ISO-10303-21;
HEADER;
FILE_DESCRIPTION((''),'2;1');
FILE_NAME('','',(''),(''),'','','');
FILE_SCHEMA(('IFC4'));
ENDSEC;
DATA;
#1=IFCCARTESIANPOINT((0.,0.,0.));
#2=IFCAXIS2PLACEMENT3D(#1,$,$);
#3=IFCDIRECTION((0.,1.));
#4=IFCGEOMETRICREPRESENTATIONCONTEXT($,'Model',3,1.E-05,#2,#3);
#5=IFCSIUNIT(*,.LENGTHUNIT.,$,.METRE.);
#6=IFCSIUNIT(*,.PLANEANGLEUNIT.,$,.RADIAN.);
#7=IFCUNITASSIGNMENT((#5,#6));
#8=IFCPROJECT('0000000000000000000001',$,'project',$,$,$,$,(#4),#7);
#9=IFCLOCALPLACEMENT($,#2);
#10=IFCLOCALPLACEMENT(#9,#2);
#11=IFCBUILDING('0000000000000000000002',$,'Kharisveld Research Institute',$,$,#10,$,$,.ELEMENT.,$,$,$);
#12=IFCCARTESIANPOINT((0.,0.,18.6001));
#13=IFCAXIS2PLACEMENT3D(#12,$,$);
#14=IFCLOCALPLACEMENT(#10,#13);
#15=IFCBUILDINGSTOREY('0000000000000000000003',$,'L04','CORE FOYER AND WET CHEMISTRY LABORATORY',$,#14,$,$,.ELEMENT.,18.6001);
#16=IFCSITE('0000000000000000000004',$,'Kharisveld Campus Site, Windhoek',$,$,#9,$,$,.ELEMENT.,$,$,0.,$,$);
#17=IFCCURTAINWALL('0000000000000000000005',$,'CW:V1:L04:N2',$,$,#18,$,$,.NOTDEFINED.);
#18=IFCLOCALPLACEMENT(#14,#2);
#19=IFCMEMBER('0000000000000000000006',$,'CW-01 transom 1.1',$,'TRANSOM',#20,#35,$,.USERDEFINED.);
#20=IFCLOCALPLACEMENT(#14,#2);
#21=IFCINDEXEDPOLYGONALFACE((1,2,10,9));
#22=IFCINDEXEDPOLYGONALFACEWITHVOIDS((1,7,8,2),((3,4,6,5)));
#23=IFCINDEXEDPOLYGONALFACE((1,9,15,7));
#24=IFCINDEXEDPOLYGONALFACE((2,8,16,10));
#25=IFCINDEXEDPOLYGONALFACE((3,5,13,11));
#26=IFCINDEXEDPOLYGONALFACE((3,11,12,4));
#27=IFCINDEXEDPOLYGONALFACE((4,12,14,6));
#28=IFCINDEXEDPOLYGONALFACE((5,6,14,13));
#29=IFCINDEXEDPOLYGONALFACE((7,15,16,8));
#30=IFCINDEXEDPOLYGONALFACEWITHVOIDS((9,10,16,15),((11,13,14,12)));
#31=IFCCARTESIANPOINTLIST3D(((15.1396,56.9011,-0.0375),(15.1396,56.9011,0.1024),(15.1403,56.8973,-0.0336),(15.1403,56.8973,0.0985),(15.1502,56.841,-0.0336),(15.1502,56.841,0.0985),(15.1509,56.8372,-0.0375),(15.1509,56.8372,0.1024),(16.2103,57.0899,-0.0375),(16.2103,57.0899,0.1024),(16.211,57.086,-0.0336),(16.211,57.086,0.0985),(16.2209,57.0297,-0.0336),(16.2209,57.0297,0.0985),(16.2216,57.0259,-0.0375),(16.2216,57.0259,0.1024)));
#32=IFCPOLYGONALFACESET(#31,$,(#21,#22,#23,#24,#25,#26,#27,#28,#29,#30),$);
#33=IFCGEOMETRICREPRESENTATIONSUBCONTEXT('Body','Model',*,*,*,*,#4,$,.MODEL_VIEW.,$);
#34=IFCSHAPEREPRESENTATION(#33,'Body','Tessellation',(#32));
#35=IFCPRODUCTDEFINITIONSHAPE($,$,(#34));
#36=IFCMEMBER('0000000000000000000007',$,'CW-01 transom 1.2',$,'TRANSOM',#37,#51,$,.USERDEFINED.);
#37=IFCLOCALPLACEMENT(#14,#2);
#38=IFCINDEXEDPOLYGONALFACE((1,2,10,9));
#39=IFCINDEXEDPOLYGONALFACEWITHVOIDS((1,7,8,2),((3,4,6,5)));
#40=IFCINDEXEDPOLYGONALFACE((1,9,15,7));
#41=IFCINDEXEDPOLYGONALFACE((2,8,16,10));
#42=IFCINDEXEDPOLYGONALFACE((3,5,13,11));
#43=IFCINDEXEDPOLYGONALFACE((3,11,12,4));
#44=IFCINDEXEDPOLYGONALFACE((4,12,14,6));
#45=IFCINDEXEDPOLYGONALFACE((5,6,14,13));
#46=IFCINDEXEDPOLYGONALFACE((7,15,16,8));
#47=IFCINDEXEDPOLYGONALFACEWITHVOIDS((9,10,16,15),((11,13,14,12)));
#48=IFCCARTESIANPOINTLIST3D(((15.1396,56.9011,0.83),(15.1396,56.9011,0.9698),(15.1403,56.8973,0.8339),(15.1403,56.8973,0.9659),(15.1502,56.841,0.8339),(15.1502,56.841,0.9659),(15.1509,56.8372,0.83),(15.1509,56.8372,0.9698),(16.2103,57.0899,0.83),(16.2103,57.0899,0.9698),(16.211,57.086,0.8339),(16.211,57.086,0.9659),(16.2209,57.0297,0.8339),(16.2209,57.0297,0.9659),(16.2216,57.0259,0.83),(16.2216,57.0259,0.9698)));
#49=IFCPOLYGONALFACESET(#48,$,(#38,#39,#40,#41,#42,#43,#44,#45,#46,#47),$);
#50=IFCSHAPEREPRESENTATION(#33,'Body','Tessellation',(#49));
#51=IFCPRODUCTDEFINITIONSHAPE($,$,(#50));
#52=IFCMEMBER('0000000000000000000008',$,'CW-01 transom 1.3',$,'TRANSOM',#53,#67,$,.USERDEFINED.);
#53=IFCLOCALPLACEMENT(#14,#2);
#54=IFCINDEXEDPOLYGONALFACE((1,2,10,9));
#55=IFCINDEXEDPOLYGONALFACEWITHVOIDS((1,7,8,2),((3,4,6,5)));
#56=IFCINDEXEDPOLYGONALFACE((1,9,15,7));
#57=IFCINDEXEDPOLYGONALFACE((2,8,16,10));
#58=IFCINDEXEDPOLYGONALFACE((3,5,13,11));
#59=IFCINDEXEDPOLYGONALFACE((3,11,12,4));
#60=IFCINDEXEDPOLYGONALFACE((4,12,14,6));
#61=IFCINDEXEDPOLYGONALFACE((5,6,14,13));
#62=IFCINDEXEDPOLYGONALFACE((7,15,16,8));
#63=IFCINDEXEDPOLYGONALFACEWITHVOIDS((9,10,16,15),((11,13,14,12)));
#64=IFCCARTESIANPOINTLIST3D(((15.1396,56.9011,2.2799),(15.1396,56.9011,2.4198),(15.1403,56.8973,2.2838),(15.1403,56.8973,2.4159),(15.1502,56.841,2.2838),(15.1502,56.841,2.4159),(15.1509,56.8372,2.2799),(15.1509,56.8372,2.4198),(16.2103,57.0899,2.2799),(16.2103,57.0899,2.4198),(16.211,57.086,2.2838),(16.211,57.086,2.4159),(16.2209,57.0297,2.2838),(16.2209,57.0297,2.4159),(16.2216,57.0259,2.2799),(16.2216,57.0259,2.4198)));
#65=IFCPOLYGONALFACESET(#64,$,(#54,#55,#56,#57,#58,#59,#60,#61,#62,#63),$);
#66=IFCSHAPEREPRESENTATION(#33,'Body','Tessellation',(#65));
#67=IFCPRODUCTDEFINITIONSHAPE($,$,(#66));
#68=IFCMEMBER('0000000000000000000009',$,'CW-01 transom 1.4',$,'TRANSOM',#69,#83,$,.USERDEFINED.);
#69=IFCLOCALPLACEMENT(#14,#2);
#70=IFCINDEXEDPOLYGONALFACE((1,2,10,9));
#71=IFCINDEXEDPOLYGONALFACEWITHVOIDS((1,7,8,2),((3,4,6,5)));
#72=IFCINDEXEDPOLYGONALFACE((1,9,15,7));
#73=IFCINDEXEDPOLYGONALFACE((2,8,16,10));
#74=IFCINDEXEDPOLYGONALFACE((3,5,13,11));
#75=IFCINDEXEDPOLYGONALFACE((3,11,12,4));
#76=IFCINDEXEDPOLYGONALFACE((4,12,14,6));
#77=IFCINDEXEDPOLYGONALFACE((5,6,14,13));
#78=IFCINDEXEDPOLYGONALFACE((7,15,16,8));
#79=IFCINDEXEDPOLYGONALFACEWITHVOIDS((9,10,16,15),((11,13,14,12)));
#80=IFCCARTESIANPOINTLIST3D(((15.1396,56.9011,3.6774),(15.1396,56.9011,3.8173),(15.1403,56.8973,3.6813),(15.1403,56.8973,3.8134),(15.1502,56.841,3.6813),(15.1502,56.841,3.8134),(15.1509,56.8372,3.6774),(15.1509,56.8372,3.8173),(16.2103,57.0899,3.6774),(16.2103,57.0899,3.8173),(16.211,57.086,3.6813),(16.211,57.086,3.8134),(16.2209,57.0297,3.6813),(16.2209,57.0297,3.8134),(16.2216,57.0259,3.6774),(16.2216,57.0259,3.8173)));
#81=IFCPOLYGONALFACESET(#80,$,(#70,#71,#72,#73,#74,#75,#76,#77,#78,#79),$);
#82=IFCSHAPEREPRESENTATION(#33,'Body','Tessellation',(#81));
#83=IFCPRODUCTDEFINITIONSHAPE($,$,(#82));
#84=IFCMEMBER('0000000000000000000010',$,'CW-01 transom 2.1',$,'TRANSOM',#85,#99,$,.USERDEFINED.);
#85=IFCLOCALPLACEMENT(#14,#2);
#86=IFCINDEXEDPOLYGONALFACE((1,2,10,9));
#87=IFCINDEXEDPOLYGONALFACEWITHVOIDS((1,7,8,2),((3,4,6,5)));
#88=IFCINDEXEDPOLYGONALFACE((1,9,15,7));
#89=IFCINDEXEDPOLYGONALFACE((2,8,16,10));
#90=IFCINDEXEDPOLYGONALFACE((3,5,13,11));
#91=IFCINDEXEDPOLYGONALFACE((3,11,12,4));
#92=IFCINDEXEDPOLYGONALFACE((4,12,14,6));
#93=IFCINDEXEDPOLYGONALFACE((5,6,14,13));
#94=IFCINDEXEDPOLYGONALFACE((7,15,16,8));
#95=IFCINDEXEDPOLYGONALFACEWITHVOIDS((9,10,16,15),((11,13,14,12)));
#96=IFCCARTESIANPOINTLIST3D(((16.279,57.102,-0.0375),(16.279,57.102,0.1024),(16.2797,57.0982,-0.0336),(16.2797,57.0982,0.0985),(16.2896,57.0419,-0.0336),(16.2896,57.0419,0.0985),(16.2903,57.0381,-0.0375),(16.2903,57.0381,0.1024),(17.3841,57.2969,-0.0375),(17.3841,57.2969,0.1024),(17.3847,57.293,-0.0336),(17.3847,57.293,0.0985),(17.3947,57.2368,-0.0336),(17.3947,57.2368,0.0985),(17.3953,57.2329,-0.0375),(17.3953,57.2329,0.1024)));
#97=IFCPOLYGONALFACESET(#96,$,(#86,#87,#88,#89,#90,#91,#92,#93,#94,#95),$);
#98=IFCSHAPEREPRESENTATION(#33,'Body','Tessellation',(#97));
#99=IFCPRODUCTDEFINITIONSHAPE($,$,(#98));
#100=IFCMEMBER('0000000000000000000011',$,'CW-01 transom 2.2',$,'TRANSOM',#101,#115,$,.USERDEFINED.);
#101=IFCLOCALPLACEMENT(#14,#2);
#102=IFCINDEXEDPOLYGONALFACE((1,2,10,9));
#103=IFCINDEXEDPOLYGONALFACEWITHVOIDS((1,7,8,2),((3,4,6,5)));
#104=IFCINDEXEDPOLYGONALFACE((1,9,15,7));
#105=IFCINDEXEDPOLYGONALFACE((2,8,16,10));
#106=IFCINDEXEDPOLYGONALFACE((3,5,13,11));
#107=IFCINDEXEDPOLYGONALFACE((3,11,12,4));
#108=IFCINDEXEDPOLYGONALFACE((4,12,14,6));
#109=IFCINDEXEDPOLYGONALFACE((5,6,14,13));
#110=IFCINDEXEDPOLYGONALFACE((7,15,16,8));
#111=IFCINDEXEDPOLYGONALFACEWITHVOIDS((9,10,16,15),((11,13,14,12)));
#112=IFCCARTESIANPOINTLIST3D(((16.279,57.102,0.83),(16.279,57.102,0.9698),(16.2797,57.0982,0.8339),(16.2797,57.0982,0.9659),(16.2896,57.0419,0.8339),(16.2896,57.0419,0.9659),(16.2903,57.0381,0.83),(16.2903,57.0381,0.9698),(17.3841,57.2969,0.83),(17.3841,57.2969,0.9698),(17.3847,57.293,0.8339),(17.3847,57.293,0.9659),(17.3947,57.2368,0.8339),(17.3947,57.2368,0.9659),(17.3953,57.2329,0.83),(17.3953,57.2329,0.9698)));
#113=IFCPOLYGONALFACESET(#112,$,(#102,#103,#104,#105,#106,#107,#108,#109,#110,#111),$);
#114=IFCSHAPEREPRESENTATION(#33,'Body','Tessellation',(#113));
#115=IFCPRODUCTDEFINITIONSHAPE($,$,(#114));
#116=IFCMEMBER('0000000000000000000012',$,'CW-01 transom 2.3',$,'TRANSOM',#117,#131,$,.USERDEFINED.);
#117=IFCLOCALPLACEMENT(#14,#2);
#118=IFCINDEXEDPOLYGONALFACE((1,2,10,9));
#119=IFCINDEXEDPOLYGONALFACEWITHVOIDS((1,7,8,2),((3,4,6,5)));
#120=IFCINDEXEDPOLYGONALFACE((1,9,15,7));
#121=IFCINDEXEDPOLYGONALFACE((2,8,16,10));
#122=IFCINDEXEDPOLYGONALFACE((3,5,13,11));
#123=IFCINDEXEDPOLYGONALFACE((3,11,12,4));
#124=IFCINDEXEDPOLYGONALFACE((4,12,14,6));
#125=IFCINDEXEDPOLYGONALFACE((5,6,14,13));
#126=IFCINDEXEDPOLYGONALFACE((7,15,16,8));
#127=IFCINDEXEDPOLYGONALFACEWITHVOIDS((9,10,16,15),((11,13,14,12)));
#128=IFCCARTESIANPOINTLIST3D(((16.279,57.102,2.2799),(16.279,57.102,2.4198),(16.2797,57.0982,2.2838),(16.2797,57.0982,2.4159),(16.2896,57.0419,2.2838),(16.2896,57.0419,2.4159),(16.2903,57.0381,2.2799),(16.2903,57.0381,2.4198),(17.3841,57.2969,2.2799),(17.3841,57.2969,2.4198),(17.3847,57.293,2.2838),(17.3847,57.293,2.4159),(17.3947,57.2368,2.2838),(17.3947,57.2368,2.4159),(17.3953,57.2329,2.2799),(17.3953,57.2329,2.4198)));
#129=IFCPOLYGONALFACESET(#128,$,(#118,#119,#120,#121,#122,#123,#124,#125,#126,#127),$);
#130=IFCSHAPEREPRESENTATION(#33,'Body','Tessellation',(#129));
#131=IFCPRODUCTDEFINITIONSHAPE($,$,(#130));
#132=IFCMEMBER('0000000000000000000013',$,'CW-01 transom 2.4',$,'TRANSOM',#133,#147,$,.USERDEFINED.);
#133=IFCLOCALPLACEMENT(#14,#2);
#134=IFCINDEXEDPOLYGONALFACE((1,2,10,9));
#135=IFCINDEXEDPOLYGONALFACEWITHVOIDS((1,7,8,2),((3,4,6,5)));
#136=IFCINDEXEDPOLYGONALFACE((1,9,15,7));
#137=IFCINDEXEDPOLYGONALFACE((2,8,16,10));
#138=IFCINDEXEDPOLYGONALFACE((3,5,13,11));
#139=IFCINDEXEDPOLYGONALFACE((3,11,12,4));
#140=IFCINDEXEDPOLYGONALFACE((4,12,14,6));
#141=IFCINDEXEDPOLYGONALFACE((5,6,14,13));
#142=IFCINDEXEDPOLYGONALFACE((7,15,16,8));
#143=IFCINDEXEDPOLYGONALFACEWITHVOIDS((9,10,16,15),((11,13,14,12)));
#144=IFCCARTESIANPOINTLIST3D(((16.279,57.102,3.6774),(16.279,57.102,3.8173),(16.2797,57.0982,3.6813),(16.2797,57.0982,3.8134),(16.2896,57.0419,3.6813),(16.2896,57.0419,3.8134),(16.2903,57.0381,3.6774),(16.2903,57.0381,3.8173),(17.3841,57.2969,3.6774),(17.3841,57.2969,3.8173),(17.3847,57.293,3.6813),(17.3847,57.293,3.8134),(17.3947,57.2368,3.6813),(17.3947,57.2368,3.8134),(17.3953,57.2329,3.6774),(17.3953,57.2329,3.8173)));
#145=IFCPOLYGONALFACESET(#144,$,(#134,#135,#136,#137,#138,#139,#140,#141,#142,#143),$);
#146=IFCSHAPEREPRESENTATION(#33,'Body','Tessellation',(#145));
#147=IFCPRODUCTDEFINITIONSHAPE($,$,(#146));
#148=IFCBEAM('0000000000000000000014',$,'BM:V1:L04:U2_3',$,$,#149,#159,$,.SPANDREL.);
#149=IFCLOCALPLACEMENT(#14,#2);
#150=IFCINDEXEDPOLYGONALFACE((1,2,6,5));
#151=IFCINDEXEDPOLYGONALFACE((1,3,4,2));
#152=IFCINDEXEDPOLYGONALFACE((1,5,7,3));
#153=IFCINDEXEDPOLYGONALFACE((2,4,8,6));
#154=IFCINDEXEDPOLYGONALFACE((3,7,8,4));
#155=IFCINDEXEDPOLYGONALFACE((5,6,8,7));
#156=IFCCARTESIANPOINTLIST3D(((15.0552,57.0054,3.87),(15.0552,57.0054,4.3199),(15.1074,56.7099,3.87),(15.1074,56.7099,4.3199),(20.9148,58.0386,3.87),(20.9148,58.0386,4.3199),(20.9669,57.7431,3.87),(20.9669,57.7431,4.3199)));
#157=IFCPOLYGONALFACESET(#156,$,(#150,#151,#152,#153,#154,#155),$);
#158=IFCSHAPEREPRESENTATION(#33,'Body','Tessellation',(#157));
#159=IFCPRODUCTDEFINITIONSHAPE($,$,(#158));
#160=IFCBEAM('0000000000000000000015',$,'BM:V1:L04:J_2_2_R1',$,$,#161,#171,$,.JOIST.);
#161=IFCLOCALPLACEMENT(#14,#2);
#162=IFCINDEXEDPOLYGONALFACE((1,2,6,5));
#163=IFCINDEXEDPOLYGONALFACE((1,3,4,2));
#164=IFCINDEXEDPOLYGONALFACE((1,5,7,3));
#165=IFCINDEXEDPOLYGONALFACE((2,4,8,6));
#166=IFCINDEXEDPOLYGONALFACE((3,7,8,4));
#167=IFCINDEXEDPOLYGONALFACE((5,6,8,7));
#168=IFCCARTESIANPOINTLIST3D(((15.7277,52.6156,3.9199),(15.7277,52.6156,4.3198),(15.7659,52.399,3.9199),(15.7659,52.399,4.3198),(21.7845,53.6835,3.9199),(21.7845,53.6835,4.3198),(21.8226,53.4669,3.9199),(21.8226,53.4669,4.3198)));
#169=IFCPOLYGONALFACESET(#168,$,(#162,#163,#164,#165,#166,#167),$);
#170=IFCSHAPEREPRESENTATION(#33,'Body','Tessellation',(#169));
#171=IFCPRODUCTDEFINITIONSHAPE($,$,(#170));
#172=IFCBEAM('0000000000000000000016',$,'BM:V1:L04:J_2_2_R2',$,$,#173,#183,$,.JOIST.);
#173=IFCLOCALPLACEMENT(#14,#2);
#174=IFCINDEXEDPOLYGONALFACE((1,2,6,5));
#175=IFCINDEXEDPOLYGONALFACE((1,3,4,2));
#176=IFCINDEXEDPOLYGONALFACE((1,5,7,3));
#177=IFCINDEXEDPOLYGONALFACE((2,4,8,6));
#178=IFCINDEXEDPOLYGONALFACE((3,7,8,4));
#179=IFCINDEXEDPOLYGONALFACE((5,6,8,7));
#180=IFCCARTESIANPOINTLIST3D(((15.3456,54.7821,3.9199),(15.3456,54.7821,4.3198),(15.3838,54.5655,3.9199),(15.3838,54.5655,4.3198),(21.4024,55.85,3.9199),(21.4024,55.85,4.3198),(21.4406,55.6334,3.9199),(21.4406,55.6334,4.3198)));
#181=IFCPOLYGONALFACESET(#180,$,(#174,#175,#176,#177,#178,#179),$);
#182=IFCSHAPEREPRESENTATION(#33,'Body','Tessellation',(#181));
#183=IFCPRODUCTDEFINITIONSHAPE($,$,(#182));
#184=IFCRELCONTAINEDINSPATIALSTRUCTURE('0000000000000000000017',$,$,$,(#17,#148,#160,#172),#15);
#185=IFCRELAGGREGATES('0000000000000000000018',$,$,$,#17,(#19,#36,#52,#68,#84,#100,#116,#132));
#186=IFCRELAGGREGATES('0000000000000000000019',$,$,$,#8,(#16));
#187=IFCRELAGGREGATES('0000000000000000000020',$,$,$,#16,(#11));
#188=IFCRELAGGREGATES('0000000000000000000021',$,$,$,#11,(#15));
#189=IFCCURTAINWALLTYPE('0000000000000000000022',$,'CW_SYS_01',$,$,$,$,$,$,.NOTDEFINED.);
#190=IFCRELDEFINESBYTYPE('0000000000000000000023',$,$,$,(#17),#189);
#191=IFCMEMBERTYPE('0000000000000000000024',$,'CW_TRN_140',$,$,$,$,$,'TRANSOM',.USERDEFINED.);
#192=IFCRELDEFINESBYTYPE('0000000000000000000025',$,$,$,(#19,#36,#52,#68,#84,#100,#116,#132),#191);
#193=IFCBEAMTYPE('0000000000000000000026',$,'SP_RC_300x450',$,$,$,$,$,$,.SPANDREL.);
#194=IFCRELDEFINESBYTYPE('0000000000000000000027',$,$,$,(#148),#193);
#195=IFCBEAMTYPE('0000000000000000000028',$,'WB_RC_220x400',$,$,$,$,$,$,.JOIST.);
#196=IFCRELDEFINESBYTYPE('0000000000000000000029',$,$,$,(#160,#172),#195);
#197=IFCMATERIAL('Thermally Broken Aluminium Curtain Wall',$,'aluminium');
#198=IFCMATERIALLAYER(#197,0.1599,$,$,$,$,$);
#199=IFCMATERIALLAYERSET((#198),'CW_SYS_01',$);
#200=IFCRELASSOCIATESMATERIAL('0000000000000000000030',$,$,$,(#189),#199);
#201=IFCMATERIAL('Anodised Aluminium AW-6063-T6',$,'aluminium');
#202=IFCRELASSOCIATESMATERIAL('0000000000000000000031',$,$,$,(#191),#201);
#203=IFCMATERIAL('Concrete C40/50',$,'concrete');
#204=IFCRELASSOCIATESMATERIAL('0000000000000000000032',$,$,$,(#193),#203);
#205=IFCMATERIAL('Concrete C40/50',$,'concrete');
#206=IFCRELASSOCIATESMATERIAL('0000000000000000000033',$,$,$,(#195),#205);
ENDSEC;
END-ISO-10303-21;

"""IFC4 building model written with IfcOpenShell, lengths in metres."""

from ifc_helpers import new_model, si_unit, direction, frame, origin, origin_2d, place, context, subcontext, project, spatial, rectangle, hollow_rectangle, extrude, material, layer, layer_set, material_profile, profile_set, type_object, element, aggregate, save


model = new_model("IFC4")

# Units and contexts
model_context = context("Model", 3, precision=1e-05, world=origin(), true_north=direction((0.0, 1.0)))
body_context = subcontext(model_context, "Body", "Model", "MODEL_VIEW")
ifc_project = project(units=[si_unit("LENGTHUNIT", "METRE"), si_unit("PLANEANGLEUNIT", "RADIAN")], contexts=[model_context])

# Site, building, storey
site_placement = place(None, origin())
site = spatial("IfcSite", under=ifc_project, at=site_placement, Name="Kharisveld Campus Site, Windhoek", CompositionType="ELEMENT", RefElevation=0.0)
building_placement = place(site_placement, origin())
building = spatial("IfcBuilding", under=site, at=building_placement, Name="Kharisveld Research Institute", CompositionType="ELEMENT")
storey_placement = place(building_placement, frame((0.0, 0.0, 18.6001)))
storey = spatial("IfcBuildingStorey", under=building, at=storey_placement, Name="L04", Description="CORE FOYER AND WET CHEMISTRY LABORATORY", CompositionType="ELEMENT", Elevation=18.6001)

# Curtain wall
ifc_material_1 = material(Name="Thermally Broken Aluminium Curtain Wall", Category="aluminium")
ifc_layer_1 = layer(ifc_material_1, 0.1599)
ifc_layer_set_1 = layer_set([ifc_layer_1], Name="CW_SYS_01")
curtain_wall_type_1 = type_object("IfcCurtainWallType", Name="CW_SYS_01", PredefinedType="NOTDEFINED", material=ifc_layer_set_1)
curtain_wall_1_placement = place(storey_placement, origin())
curtain_wall_1 = element("IfcCurtainWall", 1, at=curtain_wall_1_placement, inside=storey, type_object=curtain_wall_type_1, Name="CW:V1:L04:N2", PredefinedType="NOTDEFINED")

# Members
ifc_material_2 = material(Name="Anodised Aluminium AW-6063-T6", Category="aluminium")
ifc_material_profile_1 = material_profile(ifc_material_2, hollow_rectangle(XDim=0.0649, YDim=0.1399, WallThickness=0.0039, at=origin_2d()))
ifc_profile_set_1 = profile_set([ifc_material_profile_1], Name="Anodised Aluminium AW-6063-T6")
member_type_1 = type_object("IfcMemberType", Name="CW_TRN_140", ElementType="TRANSOM", PredefinedType="USERDEFINED", material=ifc_profile_set_1)
member_1_placement = place(storey_placement, frame((15.1453, 56.8691, 0.0325), z_axis=(0.984815, 0.173606, 0.0), x_axis=(-0.173606, 0.984815, 0.0)))
member_1 = element("IfcMember", 2, at=member_1_placement, type_object=member_type_1, Name="CW-01 transom 1.1", ObjectType="TRANSOM", PredefinedType="USERDEFINED", context=body_context, shape_type="SweptSolid", body=[
    extrude(hollow_rectangle(XDim=0.0649, YDim=0.1399, WallThickness=0.0039, at=origin_2d()), origin(), (0.0, 0.0, 1.0), 1.0872),
])
member_2_placement = place(storey_placement, frame((15.1453, 56.8691, 0.8999), z_axis=(0.984815, 0.173606, 0.0), x_axis=(-0.173606, 0.984815, 0.0)))
member_2 = element("IfcMember", 3, at=member_2_placement, type_object=member_type_1, Name="CW-01 transom 1.2", ObjectType="TRANSOM", PredefinedType="USERDEFINED", context=body_context, shape_type="SweptSolid", body=[
    extrude(hollow_rectangle(XDim=0.0649, YDim=0.1399, WallThickness=0.0039, at=origin_2d()), origin(), (0.0, 0.0, 1.0), 1.0872),
])
member_3_placement = place(storey_placement, frame((15.1453, 56.8691, 2.3499), z_axis=(0.984815, 0.173606, 0.0), x_axis=(-0.173606, 0.984815, 0.0)))
member_3 = element("IfcMember", 4, at=member_3_placement, type_object=member_type_1, Name="CW-01 transom 1.3", ObjectType="TRANSOM", PredefinedType="USERDEFINED", context=body_context, shape_type="SweptSolid", body=[
    extrude(hollow_rectangle(XDim=0.0649, YDim=0.1399, WallThickness=0.0039, at=origin_2d()), origin(), (0.0, 0.0, 1.0), 1.0872),
])
member_4_placement = place(storey_placement, frame((15.1453, 56.8691, 3.7473), z_axis=(0.984815, 0.173606, 0.0), x_axis=(-0.173606, 0.984815, 0.0)))
member_4 = element("IfcMember", 5, at=member_4_placement, type_object=member_type_1, Name="CW-01 transom 1.4", ObjectType="TRANSOM", PredefinedType="USERDEFINED", context=body_context, shape_type="SweptSolid", body=[
    extrude(hollow_rectangle(XDim=0.0649, YDim=0.1399, WallThickness=0.0039, at=origin_2d()), origin(), (0.0, 0.0, 1.0), 1.0872),
])
member_5_placement = place(storey_placement, frame((16.2847, 57.0701, 0.0325), z_axis=(0.98481, 0.173636, 0.0), x_axis=(-0.173636, 0.98481, 0.0)))
member_5 = element("IfcMember", 6, at=member_5_placement, type_object=member_type_1, Name="CW-01 transom 2.1", ObjectType="TRANSOM", PredefinedType="USERDEFINED", context=body_context, shape_type="SweptSolid", body=[
    extrude(hollow_rectangle(XDim=0.0649, YDim=0.1399, WallThickness=0.0039, at=origin_2d()), origin(), (0.0, 0.0, 1.0), 1.1221),
])
member_6_placement = place(storey_placement, frame((16.2847, 57.0701, 0.8999), z_axis=(0.98481, 0.173636, 0.0), x_axis=(-0.173636, 0.98481, 0.0)))
member_6 = element("IfcMember", 7, at=member_6_placement, type_object=member_type_1, Name="CW-01 transom 2.2", ObjectType="TRANSOM", PredefinedType="USERDEFINED", context=body_context, shape_type="SweptSolid", body=[
    extrude(hollow_rectangle(XDim=0.0649, YDim=0.1399, WallThickness=0.0039, at=origin_2d()), origin(), (0.0, 0.0, 1.0), 1.1221),
])
member_7_placement = place(storey_placement, frame((16.2847, 57.0701, 2.3499), z_axis=(0.98481, 0.173636, 0.0), x_axis=(-0.173636, 0.98481, 0.0)))
member_7 = element("IfcMember", 8, at=member_7_placement, type_object=member_type_1, Name="CW-01 transom 2.3", ObjectType="TRANSOM", PredefinedType="USERDEFINED", context=body_context, shape_type="SweptSolid", body=[
    extrude(hollow_rectangle(XDim=0.0649, YDim=0.1399, WallThickness=0.0039, at=origin_2d()), origin(), (0.0, 0.0, 1.0), 1.1221),
])
member_8_placement = place(storey_placement, frame((16.2847, 57.0701, 3.7473), z_axis=(0.98481, 0.173636, 0.0), x_axis=(-0.173636, 0.98481, 0.0)))
member_8 = element("IfcMember", 9, at=member_8_placement, type_object=member_type_1, Name="CW-01 transom 2.4", ObjectType="TRANSOM", PredefinedType="USERDEFINED", context=body_context, shape_type="SweptSolid", body=[
    extrude(hollow_rectangle(XDim=0.0649, YDim=0.1399, WallThickness=0.0039, at=origin_2d()), origin(), (0.0, 0.0, 1.0), 1.1221),
])

# Beams
ifc_material_3 = material(Name="Concrete C40/50", Category="concrete")
ifc_material_profile_2 = material_profile(ifc_material_3, rectangle(XDim=0.3, YDim=0.45, at=origin_2d()))
ifc_profile_set_2 = profile_set([ifc_material_profile_2], Name="Concrete C40/50")
beam_type_1 = type_object("IfcBeamType", Name="SP_RC_300x450", PredefinedType="SPANDREL", material=ifc_profile_set_2)
beam_placement = place(storey_placement, frame((15.0813, 56.8577, 4.095), z_axis=(0.984808, 0.173647, 0.0), x_axis=(-0.173647, 0.984808, 0.0)))
element("IfcBeam", 10, at=beam_placement, inside=storey, type_object=beam_type_1, Name="BM:V1:L04:U2_3", PredefinedType="SPANDREL", context=body_context, shape_type="SweptSolid", body=[
    extrude(rectangle(XDim=0.3, YDim=0.45, at=origin_2d()), origin(), (0.0, 0.0, 1.0), 5.95),
])
ifc_material_4 = material(Name="Concrete C40/50", Category="concrete")
ifc_material_profile_3 = material_profile(ifc_material_4, rectangle(XDim=0.22, YDim=0.3999, at=origin_2d()))
ifc_profile_set_3 = profile_set([ifc_material_profile_3], Name="Concrete C40/50")
beam_type_2 = type_object("IfcBeamType", Name="WB_RC_220x400", PredefinedType="JOIST", material=ifc_profile_set_3)
for number, where, z_axis, x_axis, name in (
    (11, (15.7468, 52.5073, 4.1199), (0.98481, 0.173636, 0.0), (-0.173636, 0.98481, 0.0), "BM:V1:L04:J_2_2_R1"),
    (12, (15.3647, 54.6738, 4.1199), (0.98481, 0.173636, 0.0), (-0.173636, 0.98481, 0.0), "BM:V1:L04:J_2_2_R2"),
):
    element("IfcBeam", number, at=place(storey_placement, frame(where, z_axis=z_axis, x_axis=x_axis)), inside=storey, type_object=beam_type_2, Name=name, PredefinedType="JOIST", context=body_context, shape_type="SweptSolid", body=[
        extrude(rectangle(XDim=0.22, YDim=0.3999, at=origin_2d()), origin(), (0.0, 0.0, 1.0), 6.1501),
    ])

aggregate(curtain_wall_1, [member_1, member_2, member_3, member_4, member_5, member_6, member_7, member_8])

save(model, "model.ifc")
